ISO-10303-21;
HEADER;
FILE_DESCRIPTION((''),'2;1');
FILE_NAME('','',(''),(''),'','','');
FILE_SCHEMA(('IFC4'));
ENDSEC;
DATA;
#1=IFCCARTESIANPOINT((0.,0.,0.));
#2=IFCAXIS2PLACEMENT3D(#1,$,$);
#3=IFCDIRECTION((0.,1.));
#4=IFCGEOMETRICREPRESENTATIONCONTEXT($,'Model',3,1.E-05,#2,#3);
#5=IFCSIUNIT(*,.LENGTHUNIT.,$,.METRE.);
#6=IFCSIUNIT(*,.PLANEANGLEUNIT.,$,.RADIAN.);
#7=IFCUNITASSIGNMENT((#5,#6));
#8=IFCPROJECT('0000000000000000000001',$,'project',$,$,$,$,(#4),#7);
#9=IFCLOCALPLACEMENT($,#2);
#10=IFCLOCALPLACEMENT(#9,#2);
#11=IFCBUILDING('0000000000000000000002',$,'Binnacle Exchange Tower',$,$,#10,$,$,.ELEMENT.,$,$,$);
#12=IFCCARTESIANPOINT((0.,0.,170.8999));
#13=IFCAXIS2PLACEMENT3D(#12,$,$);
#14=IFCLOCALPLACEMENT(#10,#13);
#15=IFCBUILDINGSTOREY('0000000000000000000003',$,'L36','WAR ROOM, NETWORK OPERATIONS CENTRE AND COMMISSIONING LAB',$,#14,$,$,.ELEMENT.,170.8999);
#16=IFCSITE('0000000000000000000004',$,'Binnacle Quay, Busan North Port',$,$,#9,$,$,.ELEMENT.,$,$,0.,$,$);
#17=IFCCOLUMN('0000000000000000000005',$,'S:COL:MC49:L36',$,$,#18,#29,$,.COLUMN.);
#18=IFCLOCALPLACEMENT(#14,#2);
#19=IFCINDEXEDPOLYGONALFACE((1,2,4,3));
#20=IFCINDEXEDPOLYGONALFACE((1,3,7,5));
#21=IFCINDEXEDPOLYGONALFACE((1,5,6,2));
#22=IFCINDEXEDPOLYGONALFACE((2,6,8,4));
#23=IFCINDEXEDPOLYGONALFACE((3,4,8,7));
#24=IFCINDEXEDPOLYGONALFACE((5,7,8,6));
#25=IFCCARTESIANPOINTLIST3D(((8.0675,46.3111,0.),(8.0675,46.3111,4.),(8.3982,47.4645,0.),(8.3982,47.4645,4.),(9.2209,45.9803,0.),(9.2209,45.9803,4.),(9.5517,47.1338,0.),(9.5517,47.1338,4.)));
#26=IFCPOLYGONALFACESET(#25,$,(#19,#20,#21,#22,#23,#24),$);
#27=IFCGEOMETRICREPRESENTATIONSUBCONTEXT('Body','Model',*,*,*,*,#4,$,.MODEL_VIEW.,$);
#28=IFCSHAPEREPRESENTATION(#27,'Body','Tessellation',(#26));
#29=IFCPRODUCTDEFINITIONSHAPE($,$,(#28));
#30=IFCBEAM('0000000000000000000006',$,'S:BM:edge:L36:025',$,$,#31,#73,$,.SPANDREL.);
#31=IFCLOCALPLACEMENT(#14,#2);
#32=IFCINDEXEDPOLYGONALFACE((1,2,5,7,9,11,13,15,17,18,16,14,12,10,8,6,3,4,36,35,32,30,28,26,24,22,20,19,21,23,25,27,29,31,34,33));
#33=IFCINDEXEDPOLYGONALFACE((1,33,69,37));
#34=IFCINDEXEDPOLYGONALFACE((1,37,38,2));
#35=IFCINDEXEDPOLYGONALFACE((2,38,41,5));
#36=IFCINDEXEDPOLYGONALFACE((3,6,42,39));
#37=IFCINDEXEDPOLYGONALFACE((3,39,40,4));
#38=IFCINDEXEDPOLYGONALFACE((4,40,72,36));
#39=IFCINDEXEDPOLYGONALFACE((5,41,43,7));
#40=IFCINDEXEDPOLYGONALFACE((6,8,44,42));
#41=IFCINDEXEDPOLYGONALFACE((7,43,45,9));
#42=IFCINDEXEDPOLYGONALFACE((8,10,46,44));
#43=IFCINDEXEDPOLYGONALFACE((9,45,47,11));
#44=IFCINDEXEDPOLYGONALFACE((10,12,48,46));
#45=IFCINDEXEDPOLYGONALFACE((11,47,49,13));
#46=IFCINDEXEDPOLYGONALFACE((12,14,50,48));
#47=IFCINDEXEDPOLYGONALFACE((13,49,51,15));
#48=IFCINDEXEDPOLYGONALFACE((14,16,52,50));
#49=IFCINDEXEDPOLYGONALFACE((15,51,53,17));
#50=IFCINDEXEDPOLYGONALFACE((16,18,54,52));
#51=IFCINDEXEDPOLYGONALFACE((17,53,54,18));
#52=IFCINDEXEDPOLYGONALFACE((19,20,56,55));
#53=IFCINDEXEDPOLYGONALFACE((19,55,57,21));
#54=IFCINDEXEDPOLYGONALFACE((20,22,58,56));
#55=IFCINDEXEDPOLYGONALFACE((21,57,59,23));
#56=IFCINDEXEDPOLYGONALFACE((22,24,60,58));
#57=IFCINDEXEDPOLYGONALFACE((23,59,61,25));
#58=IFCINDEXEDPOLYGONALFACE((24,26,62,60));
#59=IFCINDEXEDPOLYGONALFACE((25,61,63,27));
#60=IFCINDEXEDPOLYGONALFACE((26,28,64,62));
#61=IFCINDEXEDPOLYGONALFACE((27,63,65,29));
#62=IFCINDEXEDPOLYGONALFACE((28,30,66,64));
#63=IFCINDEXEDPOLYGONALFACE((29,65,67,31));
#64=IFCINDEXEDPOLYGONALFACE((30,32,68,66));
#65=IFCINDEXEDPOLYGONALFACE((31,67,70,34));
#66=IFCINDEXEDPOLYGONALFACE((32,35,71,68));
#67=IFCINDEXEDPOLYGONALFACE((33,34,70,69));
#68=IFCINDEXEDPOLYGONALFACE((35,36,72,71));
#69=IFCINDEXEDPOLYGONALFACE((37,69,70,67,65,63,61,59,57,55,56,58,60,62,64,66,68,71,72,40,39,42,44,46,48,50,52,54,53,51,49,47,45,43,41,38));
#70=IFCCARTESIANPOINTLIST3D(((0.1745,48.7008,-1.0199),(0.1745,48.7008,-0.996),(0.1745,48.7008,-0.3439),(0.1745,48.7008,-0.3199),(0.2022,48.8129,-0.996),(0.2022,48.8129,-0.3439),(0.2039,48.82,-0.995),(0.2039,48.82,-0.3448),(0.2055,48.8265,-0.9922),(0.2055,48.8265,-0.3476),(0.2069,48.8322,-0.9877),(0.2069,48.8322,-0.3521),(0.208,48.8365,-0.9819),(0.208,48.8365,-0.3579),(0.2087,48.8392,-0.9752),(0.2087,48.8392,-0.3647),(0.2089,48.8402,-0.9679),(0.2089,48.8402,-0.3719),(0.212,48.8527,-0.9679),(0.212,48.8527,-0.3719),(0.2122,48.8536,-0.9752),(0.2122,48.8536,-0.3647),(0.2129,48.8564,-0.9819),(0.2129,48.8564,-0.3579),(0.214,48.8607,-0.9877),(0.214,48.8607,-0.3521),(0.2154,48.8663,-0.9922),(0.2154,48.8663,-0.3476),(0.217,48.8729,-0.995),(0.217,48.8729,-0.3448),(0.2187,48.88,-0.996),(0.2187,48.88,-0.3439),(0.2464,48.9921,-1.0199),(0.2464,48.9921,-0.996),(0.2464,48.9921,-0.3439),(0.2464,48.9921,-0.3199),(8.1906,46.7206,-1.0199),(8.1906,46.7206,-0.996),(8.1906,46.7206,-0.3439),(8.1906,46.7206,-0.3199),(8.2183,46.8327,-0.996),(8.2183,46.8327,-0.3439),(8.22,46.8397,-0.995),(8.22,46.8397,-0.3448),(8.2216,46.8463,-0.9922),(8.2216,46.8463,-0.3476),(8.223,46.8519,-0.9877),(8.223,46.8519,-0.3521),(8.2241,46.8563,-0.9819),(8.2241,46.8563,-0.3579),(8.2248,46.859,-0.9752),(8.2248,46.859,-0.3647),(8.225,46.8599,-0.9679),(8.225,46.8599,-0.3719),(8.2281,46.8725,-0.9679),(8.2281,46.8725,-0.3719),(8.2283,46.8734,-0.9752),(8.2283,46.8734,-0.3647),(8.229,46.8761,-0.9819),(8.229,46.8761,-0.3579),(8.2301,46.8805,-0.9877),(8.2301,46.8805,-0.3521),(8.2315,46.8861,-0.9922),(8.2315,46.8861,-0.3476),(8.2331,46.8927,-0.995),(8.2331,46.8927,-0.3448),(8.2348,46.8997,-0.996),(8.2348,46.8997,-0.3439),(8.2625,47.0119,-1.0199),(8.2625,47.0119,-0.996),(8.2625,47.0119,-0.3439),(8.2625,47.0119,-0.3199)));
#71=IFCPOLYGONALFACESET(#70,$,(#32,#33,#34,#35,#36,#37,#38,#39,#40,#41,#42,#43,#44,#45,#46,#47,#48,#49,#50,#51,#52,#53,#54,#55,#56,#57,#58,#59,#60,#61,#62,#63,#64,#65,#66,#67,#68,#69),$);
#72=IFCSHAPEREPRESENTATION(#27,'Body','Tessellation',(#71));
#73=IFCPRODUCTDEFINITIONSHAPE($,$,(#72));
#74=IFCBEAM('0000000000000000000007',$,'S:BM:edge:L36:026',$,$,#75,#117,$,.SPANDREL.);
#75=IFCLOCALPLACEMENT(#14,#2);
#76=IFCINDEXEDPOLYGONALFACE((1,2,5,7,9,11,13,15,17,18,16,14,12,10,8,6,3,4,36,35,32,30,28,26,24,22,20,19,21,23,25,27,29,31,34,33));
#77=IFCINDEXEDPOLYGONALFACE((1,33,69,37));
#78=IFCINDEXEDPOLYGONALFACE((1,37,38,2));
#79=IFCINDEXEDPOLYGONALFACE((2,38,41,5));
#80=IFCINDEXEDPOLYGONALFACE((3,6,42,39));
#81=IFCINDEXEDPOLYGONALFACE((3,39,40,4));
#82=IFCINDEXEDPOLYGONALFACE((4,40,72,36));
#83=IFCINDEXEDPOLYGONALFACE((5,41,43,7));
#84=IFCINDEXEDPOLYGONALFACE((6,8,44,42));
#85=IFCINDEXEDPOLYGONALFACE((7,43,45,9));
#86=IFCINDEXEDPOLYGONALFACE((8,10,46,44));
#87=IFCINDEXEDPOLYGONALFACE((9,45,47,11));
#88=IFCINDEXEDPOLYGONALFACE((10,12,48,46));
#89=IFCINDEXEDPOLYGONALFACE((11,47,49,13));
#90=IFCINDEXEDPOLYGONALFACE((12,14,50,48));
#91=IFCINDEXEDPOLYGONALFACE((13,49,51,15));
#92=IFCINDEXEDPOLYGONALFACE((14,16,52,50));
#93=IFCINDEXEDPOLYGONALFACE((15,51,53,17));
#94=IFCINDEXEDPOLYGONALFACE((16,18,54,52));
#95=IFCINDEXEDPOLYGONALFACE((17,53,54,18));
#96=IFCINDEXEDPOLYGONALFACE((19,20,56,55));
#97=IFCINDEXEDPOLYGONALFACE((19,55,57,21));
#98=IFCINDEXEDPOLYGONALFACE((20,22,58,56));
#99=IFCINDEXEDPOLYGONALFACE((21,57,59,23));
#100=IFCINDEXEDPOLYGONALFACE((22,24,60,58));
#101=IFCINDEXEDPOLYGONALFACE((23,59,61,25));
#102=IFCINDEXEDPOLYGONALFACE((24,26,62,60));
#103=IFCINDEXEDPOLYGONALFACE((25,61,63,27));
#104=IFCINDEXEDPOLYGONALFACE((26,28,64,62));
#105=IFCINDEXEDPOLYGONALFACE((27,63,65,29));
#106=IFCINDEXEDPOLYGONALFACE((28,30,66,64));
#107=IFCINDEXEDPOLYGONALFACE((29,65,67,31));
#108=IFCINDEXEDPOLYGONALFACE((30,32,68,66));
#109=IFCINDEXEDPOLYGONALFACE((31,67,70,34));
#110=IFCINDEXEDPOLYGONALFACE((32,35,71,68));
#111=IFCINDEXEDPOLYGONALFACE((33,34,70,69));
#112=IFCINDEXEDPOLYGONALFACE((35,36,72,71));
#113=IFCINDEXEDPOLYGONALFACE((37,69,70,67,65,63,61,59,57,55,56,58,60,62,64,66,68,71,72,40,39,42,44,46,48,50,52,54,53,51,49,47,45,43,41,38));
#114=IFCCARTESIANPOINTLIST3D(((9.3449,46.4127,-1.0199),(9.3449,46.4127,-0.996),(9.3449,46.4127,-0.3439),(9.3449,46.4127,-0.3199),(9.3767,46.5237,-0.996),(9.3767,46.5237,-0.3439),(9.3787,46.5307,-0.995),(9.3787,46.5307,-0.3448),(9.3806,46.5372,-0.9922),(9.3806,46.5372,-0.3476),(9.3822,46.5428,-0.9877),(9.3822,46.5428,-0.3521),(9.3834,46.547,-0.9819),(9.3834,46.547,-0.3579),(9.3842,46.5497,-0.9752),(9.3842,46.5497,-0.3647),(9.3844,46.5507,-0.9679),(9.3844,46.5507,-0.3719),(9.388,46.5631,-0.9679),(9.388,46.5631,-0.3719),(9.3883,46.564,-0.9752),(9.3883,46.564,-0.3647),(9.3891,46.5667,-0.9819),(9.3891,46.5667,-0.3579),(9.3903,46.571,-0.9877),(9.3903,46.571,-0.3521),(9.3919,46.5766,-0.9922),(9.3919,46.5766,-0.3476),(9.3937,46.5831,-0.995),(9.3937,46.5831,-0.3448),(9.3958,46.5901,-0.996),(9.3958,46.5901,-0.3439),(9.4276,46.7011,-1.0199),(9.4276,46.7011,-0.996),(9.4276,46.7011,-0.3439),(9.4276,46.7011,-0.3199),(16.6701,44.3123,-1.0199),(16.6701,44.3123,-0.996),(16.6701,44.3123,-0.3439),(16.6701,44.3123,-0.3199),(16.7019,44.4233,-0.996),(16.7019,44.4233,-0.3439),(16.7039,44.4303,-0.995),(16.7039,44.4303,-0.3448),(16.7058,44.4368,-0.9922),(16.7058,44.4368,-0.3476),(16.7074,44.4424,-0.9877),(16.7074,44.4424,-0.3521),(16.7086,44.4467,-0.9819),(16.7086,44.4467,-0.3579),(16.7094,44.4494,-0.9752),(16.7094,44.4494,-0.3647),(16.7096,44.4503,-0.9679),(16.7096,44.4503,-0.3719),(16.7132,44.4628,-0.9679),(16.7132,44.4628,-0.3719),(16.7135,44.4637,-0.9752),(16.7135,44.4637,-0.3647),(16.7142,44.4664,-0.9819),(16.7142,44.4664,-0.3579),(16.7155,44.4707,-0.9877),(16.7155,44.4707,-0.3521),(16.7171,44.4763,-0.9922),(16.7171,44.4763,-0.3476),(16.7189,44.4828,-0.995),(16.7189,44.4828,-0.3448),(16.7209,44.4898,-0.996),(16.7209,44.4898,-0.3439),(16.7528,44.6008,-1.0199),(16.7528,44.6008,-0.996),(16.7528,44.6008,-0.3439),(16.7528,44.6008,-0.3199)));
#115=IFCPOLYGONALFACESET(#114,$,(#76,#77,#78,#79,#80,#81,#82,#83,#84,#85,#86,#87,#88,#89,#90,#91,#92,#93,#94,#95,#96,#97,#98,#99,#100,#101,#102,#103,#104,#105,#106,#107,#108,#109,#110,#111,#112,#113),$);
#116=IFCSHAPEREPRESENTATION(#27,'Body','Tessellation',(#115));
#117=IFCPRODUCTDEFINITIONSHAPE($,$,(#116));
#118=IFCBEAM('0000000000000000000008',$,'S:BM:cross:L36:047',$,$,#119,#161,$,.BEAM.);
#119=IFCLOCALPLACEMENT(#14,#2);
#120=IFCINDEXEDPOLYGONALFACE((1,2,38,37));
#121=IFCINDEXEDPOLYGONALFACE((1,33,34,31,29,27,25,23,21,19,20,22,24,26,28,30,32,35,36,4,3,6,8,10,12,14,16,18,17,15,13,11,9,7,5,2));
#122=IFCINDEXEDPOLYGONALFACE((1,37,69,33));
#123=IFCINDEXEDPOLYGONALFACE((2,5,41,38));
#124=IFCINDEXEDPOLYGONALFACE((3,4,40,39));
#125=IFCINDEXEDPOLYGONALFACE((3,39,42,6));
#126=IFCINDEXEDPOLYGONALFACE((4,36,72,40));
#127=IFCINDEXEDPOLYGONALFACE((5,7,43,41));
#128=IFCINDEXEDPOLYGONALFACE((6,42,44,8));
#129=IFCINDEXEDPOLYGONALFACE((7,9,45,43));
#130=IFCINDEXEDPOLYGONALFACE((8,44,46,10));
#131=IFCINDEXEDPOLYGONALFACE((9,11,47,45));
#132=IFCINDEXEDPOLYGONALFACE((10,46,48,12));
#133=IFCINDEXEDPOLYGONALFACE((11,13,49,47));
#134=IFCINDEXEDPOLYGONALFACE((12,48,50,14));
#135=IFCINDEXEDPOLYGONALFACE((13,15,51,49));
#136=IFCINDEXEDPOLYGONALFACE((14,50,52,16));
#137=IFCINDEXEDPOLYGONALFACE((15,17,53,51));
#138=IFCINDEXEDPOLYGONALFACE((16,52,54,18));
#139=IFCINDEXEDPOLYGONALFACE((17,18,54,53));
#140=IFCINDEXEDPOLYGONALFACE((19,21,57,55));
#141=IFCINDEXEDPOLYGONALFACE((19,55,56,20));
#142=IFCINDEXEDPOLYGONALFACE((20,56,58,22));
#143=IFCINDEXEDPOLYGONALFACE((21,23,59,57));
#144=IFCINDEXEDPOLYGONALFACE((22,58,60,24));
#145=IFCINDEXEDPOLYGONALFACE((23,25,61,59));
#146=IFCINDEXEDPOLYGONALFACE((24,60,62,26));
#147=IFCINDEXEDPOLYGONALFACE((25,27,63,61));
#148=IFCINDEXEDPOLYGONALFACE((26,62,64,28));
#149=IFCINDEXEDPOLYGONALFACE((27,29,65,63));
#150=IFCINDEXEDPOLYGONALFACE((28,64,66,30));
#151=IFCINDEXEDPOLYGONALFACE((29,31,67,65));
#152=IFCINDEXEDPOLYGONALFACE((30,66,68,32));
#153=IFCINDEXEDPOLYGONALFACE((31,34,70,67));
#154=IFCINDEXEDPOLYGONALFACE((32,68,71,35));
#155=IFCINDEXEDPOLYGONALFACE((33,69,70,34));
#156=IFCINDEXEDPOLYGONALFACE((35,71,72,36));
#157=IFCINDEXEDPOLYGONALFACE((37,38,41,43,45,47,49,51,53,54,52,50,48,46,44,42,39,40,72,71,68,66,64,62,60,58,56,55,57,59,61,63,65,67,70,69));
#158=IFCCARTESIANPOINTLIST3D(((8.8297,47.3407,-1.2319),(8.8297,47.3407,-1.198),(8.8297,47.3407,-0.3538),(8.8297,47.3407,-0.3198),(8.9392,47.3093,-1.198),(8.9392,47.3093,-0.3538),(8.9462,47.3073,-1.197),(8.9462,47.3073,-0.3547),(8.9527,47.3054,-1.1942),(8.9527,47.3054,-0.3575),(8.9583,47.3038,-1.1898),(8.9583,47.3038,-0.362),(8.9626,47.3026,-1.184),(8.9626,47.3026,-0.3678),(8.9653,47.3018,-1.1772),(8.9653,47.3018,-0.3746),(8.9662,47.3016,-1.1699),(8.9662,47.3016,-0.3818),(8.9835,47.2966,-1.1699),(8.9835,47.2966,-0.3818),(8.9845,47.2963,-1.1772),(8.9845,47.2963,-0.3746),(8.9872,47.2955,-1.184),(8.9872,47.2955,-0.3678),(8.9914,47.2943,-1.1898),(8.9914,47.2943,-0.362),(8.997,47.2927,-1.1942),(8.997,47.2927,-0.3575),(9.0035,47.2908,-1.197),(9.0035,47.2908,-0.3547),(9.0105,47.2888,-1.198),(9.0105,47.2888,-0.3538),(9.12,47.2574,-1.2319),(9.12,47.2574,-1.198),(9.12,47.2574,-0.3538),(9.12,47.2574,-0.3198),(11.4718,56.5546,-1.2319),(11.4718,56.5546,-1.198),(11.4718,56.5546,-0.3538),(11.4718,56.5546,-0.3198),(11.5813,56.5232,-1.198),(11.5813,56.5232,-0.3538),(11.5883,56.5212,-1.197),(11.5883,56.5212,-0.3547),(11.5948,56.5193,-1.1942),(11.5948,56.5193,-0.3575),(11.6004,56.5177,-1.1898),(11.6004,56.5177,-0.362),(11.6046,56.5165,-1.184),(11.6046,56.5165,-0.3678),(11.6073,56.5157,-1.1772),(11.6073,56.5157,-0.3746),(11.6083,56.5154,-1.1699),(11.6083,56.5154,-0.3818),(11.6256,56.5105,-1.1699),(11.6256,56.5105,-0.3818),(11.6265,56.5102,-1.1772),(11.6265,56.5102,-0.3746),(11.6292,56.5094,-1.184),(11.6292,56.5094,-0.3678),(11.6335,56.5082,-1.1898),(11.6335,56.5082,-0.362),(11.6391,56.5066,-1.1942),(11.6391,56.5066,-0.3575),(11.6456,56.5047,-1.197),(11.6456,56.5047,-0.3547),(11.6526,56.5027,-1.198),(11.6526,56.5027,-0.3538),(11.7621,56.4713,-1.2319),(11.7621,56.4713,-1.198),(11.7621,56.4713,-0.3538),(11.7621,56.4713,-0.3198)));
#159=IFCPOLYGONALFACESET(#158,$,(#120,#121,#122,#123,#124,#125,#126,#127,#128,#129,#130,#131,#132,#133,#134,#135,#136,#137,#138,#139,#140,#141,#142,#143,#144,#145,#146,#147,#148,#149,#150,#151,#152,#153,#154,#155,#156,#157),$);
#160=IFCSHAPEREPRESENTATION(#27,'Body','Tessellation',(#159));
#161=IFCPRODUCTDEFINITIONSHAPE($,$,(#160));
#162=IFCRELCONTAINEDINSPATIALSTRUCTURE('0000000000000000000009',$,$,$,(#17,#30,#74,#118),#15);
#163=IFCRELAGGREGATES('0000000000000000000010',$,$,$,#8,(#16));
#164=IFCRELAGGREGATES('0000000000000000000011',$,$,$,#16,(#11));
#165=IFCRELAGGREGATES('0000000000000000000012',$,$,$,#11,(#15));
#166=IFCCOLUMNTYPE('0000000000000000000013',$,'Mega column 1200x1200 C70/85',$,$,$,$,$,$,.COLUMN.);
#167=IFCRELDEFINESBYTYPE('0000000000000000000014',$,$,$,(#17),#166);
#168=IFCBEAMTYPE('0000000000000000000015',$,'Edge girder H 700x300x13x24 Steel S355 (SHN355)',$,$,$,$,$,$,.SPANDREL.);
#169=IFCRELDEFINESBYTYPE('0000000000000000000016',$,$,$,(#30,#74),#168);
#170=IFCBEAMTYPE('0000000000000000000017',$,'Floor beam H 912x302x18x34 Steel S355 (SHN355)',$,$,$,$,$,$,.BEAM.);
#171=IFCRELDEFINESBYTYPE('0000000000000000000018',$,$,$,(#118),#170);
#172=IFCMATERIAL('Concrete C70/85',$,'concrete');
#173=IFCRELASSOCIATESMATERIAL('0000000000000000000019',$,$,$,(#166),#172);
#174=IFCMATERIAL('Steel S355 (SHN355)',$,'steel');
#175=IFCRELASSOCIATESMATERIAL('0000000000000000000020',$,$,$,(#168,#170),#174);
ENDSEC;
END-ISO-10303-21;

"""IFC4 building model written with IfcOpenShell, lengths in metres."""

from ifc_helpers import new_model, si_unit, direction, frame, origin, origin_2d, place, context, subcontext, project, spatial, rectangle, i_section, extrude, material, material_profile, profile_set, type_object, element, save


model = new_model("IFC4")

# Units and contexts
model_context = context("Model", 3, precision=1e-05, world=origin(), true_north=direction((0.0, 1.0)))
body_context = subcontext(model_context, "Body", "Model", "MODEL_VIEW")
ifc_project = project(units=[si_unit("LENGTHUNIT", "METRE"), si_unit("PLANEANGLEUNIT", "RADIAN")], contexts=[model_context])

# Site, building, storey
site_placement = place(None, origin())
site = spatial("IfcSite", under=ifc_project, at=site_placement, Name="Binnacle Quay, Busan North Port", CompositionType="ELEMENT", RefElevation=0.0)
building_placement = place(site_placement, origin())
building = spatial("IfcBuilding", under=site, at=building_placement, Name="Binnacle Exchange Tower", CompositionType="ELEMENT")
storey_placement = place(building_placement, frame((0.0, 0.0, 170.8999)))
storey = spatial("IfcBuildingStorey", under=building, at=storey_placement, Name="L36", Description="WAR ROOM, NETWORK OPERATIONS CENTRE AND COMMISSIONING LAB", CompositionType="ELEMENT", Elevation=170.8999)

# Column
ifc_material_1 = material(Name="Concrete C70/85", Category="concrete")
ifc_material_profile_1 = material_profile(ifc_material_1, rectangle(XDim=1.2, YDim=1.2, at=origin_2d()), Name="Mega column 1200x1200 C70/85")
ifc_profile_set_1 = profile_set([ifc_material_profile_1], Name="Concrete C70/85")
column_type = type_object("IfcColumnType", Name="Mega column 1200x1200 C70/85", PredefinedType="COLUMN", material=ifc_profile_set_1)
column_placement = place(storey_placement, frame((8.8096, 46.7224, 0.0), z_axis=(0.0, 0.0, 1.0), x_axis=(0.961262, -0.275637, 0.0)))
element("IfcColumn", 1, at=column_placement, inside=storey, type_object=column_type, Name="S:COL:MC49:L36", PredefinedType="COLUMN", context=body_context, shape_type="SweptSolid", body=[
    extrude(rectangle(XDim=1.2, YDim=1.2, at=origin_2d()), origin(), (0.0, 0.0, 1.0), 4.0),
])

# Beams
ifc_material_2 = material(Name="Steel S355 (SHN355)", Category="steel")
ifc_material_profile_2 = material_profile(ifc_material_2, i_section(OverallWidth=0.3, OverallDepth=0.7, WebThickness=0.0129, FlangeThickness=0.0239, FilletRadius=0.0281, at=origin_2d()), Name="H 700x300x13x24")
ifc_profile_set_2 = profile_set([ifc_material_profile_2], Name="Steel S355 (SHN355)")
beam_type_1 = type_object("IfcBeamType", Name="Edge girder H 700x300x13x24 Steel S355 (SHN355)", PredefinedType="SPANDREL", material=ifc_profile_set_2)
beam_1_placement = place(storey_placement, frame((0.2104, 48.8464, -0.6699), z_axis=(0.970817, -0.239821, 0.0), x_axis=(0.239821, 0.970817, 0.0)))
element("IfcBeam", 2, at=beam_1_placement, inside=storey, type_object=beam_type_1, Name="S:BM:edge:L36:025", PredefinedType="SPANDREL", context=body_context, shape_type="SweptSolid", body=[
    extrude(i_section(OverallWidth=0.3, OverallDepth=0.7, WebThickness=0.0129, FlangeThickness=0.0239, FilletRadius=0.0281, at=origin_2d()), origin(), (0.0, 0.0, 1.0), 8.2571),
])
beam_2_placement = place(storey_placement, frame((9.3862, 46.5569, -0.6699), z_axis=(0.961266, -0.275622, 0.0), x_axis=(0.275622, 0.961266, 0.0)))
element("IfcBeam", 3, at=beam_2_placement, inside=storey, type_object=beam_type_1, Name="S:BM:edge:L36:026", PredefinedType="SPANDREL", context=body_context, shape_type="SweptSolid", body=[
    extrude(i_section(OverallWidth=0.3, OverallDepth=0.7, WebThickness=0.0129, FlangeThickness=0.0239, FilletRadius=0.0281, at=origin_2d()), origin(), (0.0, 0.0, 1.0), 7.6204),
])
ifc_material_profile_3 = material_profile(ifc_material_2, i_section(OverallWidth=0.302, OverallDepth=0.9121, WebThickness=0.0181, FlangeThickness=0.0339, FilletRadius=0.0281, at=origin_2d()), Name="H 912x302x18x34")
ifc_profile_set_3 = profile_set([ifc_material_profile_3], Name="Steel S355 (SHN355)")
beam_type_2 = type_object("IfcBeamType", Name="Floor beam H 912x302x18x34 Steel S355 (SHN355)", PredefinedType="BEAM", material=ifc_profile_set_3)
beam_3_placement = place(storey_placement, frame((8.9749, 47.2991, -0.7759), z_axis=(0.275643, 0.96126, 0.0), x_axis=(-0.96126, 0.275643, 0.0)))
element("IfcBeam", 4, at=beam_3_placement, inside=storey, type_object=beam_type_2, Name="S:BM:cross:L36:047", PredefinedType="BEAM", context=body_context, shape_type="SweptSolid", body=[
    extrude(i_section(OverallWidth=0.302, OverallDepth=0.9121, WebThickness=0.0181, FlangeThickness=0.0339, FilletRadius=0.0281, at=origin_2d()), origin(), (0.0, 0.0, 1.0), 9.5852),
])

save(model, "model.ifc")
